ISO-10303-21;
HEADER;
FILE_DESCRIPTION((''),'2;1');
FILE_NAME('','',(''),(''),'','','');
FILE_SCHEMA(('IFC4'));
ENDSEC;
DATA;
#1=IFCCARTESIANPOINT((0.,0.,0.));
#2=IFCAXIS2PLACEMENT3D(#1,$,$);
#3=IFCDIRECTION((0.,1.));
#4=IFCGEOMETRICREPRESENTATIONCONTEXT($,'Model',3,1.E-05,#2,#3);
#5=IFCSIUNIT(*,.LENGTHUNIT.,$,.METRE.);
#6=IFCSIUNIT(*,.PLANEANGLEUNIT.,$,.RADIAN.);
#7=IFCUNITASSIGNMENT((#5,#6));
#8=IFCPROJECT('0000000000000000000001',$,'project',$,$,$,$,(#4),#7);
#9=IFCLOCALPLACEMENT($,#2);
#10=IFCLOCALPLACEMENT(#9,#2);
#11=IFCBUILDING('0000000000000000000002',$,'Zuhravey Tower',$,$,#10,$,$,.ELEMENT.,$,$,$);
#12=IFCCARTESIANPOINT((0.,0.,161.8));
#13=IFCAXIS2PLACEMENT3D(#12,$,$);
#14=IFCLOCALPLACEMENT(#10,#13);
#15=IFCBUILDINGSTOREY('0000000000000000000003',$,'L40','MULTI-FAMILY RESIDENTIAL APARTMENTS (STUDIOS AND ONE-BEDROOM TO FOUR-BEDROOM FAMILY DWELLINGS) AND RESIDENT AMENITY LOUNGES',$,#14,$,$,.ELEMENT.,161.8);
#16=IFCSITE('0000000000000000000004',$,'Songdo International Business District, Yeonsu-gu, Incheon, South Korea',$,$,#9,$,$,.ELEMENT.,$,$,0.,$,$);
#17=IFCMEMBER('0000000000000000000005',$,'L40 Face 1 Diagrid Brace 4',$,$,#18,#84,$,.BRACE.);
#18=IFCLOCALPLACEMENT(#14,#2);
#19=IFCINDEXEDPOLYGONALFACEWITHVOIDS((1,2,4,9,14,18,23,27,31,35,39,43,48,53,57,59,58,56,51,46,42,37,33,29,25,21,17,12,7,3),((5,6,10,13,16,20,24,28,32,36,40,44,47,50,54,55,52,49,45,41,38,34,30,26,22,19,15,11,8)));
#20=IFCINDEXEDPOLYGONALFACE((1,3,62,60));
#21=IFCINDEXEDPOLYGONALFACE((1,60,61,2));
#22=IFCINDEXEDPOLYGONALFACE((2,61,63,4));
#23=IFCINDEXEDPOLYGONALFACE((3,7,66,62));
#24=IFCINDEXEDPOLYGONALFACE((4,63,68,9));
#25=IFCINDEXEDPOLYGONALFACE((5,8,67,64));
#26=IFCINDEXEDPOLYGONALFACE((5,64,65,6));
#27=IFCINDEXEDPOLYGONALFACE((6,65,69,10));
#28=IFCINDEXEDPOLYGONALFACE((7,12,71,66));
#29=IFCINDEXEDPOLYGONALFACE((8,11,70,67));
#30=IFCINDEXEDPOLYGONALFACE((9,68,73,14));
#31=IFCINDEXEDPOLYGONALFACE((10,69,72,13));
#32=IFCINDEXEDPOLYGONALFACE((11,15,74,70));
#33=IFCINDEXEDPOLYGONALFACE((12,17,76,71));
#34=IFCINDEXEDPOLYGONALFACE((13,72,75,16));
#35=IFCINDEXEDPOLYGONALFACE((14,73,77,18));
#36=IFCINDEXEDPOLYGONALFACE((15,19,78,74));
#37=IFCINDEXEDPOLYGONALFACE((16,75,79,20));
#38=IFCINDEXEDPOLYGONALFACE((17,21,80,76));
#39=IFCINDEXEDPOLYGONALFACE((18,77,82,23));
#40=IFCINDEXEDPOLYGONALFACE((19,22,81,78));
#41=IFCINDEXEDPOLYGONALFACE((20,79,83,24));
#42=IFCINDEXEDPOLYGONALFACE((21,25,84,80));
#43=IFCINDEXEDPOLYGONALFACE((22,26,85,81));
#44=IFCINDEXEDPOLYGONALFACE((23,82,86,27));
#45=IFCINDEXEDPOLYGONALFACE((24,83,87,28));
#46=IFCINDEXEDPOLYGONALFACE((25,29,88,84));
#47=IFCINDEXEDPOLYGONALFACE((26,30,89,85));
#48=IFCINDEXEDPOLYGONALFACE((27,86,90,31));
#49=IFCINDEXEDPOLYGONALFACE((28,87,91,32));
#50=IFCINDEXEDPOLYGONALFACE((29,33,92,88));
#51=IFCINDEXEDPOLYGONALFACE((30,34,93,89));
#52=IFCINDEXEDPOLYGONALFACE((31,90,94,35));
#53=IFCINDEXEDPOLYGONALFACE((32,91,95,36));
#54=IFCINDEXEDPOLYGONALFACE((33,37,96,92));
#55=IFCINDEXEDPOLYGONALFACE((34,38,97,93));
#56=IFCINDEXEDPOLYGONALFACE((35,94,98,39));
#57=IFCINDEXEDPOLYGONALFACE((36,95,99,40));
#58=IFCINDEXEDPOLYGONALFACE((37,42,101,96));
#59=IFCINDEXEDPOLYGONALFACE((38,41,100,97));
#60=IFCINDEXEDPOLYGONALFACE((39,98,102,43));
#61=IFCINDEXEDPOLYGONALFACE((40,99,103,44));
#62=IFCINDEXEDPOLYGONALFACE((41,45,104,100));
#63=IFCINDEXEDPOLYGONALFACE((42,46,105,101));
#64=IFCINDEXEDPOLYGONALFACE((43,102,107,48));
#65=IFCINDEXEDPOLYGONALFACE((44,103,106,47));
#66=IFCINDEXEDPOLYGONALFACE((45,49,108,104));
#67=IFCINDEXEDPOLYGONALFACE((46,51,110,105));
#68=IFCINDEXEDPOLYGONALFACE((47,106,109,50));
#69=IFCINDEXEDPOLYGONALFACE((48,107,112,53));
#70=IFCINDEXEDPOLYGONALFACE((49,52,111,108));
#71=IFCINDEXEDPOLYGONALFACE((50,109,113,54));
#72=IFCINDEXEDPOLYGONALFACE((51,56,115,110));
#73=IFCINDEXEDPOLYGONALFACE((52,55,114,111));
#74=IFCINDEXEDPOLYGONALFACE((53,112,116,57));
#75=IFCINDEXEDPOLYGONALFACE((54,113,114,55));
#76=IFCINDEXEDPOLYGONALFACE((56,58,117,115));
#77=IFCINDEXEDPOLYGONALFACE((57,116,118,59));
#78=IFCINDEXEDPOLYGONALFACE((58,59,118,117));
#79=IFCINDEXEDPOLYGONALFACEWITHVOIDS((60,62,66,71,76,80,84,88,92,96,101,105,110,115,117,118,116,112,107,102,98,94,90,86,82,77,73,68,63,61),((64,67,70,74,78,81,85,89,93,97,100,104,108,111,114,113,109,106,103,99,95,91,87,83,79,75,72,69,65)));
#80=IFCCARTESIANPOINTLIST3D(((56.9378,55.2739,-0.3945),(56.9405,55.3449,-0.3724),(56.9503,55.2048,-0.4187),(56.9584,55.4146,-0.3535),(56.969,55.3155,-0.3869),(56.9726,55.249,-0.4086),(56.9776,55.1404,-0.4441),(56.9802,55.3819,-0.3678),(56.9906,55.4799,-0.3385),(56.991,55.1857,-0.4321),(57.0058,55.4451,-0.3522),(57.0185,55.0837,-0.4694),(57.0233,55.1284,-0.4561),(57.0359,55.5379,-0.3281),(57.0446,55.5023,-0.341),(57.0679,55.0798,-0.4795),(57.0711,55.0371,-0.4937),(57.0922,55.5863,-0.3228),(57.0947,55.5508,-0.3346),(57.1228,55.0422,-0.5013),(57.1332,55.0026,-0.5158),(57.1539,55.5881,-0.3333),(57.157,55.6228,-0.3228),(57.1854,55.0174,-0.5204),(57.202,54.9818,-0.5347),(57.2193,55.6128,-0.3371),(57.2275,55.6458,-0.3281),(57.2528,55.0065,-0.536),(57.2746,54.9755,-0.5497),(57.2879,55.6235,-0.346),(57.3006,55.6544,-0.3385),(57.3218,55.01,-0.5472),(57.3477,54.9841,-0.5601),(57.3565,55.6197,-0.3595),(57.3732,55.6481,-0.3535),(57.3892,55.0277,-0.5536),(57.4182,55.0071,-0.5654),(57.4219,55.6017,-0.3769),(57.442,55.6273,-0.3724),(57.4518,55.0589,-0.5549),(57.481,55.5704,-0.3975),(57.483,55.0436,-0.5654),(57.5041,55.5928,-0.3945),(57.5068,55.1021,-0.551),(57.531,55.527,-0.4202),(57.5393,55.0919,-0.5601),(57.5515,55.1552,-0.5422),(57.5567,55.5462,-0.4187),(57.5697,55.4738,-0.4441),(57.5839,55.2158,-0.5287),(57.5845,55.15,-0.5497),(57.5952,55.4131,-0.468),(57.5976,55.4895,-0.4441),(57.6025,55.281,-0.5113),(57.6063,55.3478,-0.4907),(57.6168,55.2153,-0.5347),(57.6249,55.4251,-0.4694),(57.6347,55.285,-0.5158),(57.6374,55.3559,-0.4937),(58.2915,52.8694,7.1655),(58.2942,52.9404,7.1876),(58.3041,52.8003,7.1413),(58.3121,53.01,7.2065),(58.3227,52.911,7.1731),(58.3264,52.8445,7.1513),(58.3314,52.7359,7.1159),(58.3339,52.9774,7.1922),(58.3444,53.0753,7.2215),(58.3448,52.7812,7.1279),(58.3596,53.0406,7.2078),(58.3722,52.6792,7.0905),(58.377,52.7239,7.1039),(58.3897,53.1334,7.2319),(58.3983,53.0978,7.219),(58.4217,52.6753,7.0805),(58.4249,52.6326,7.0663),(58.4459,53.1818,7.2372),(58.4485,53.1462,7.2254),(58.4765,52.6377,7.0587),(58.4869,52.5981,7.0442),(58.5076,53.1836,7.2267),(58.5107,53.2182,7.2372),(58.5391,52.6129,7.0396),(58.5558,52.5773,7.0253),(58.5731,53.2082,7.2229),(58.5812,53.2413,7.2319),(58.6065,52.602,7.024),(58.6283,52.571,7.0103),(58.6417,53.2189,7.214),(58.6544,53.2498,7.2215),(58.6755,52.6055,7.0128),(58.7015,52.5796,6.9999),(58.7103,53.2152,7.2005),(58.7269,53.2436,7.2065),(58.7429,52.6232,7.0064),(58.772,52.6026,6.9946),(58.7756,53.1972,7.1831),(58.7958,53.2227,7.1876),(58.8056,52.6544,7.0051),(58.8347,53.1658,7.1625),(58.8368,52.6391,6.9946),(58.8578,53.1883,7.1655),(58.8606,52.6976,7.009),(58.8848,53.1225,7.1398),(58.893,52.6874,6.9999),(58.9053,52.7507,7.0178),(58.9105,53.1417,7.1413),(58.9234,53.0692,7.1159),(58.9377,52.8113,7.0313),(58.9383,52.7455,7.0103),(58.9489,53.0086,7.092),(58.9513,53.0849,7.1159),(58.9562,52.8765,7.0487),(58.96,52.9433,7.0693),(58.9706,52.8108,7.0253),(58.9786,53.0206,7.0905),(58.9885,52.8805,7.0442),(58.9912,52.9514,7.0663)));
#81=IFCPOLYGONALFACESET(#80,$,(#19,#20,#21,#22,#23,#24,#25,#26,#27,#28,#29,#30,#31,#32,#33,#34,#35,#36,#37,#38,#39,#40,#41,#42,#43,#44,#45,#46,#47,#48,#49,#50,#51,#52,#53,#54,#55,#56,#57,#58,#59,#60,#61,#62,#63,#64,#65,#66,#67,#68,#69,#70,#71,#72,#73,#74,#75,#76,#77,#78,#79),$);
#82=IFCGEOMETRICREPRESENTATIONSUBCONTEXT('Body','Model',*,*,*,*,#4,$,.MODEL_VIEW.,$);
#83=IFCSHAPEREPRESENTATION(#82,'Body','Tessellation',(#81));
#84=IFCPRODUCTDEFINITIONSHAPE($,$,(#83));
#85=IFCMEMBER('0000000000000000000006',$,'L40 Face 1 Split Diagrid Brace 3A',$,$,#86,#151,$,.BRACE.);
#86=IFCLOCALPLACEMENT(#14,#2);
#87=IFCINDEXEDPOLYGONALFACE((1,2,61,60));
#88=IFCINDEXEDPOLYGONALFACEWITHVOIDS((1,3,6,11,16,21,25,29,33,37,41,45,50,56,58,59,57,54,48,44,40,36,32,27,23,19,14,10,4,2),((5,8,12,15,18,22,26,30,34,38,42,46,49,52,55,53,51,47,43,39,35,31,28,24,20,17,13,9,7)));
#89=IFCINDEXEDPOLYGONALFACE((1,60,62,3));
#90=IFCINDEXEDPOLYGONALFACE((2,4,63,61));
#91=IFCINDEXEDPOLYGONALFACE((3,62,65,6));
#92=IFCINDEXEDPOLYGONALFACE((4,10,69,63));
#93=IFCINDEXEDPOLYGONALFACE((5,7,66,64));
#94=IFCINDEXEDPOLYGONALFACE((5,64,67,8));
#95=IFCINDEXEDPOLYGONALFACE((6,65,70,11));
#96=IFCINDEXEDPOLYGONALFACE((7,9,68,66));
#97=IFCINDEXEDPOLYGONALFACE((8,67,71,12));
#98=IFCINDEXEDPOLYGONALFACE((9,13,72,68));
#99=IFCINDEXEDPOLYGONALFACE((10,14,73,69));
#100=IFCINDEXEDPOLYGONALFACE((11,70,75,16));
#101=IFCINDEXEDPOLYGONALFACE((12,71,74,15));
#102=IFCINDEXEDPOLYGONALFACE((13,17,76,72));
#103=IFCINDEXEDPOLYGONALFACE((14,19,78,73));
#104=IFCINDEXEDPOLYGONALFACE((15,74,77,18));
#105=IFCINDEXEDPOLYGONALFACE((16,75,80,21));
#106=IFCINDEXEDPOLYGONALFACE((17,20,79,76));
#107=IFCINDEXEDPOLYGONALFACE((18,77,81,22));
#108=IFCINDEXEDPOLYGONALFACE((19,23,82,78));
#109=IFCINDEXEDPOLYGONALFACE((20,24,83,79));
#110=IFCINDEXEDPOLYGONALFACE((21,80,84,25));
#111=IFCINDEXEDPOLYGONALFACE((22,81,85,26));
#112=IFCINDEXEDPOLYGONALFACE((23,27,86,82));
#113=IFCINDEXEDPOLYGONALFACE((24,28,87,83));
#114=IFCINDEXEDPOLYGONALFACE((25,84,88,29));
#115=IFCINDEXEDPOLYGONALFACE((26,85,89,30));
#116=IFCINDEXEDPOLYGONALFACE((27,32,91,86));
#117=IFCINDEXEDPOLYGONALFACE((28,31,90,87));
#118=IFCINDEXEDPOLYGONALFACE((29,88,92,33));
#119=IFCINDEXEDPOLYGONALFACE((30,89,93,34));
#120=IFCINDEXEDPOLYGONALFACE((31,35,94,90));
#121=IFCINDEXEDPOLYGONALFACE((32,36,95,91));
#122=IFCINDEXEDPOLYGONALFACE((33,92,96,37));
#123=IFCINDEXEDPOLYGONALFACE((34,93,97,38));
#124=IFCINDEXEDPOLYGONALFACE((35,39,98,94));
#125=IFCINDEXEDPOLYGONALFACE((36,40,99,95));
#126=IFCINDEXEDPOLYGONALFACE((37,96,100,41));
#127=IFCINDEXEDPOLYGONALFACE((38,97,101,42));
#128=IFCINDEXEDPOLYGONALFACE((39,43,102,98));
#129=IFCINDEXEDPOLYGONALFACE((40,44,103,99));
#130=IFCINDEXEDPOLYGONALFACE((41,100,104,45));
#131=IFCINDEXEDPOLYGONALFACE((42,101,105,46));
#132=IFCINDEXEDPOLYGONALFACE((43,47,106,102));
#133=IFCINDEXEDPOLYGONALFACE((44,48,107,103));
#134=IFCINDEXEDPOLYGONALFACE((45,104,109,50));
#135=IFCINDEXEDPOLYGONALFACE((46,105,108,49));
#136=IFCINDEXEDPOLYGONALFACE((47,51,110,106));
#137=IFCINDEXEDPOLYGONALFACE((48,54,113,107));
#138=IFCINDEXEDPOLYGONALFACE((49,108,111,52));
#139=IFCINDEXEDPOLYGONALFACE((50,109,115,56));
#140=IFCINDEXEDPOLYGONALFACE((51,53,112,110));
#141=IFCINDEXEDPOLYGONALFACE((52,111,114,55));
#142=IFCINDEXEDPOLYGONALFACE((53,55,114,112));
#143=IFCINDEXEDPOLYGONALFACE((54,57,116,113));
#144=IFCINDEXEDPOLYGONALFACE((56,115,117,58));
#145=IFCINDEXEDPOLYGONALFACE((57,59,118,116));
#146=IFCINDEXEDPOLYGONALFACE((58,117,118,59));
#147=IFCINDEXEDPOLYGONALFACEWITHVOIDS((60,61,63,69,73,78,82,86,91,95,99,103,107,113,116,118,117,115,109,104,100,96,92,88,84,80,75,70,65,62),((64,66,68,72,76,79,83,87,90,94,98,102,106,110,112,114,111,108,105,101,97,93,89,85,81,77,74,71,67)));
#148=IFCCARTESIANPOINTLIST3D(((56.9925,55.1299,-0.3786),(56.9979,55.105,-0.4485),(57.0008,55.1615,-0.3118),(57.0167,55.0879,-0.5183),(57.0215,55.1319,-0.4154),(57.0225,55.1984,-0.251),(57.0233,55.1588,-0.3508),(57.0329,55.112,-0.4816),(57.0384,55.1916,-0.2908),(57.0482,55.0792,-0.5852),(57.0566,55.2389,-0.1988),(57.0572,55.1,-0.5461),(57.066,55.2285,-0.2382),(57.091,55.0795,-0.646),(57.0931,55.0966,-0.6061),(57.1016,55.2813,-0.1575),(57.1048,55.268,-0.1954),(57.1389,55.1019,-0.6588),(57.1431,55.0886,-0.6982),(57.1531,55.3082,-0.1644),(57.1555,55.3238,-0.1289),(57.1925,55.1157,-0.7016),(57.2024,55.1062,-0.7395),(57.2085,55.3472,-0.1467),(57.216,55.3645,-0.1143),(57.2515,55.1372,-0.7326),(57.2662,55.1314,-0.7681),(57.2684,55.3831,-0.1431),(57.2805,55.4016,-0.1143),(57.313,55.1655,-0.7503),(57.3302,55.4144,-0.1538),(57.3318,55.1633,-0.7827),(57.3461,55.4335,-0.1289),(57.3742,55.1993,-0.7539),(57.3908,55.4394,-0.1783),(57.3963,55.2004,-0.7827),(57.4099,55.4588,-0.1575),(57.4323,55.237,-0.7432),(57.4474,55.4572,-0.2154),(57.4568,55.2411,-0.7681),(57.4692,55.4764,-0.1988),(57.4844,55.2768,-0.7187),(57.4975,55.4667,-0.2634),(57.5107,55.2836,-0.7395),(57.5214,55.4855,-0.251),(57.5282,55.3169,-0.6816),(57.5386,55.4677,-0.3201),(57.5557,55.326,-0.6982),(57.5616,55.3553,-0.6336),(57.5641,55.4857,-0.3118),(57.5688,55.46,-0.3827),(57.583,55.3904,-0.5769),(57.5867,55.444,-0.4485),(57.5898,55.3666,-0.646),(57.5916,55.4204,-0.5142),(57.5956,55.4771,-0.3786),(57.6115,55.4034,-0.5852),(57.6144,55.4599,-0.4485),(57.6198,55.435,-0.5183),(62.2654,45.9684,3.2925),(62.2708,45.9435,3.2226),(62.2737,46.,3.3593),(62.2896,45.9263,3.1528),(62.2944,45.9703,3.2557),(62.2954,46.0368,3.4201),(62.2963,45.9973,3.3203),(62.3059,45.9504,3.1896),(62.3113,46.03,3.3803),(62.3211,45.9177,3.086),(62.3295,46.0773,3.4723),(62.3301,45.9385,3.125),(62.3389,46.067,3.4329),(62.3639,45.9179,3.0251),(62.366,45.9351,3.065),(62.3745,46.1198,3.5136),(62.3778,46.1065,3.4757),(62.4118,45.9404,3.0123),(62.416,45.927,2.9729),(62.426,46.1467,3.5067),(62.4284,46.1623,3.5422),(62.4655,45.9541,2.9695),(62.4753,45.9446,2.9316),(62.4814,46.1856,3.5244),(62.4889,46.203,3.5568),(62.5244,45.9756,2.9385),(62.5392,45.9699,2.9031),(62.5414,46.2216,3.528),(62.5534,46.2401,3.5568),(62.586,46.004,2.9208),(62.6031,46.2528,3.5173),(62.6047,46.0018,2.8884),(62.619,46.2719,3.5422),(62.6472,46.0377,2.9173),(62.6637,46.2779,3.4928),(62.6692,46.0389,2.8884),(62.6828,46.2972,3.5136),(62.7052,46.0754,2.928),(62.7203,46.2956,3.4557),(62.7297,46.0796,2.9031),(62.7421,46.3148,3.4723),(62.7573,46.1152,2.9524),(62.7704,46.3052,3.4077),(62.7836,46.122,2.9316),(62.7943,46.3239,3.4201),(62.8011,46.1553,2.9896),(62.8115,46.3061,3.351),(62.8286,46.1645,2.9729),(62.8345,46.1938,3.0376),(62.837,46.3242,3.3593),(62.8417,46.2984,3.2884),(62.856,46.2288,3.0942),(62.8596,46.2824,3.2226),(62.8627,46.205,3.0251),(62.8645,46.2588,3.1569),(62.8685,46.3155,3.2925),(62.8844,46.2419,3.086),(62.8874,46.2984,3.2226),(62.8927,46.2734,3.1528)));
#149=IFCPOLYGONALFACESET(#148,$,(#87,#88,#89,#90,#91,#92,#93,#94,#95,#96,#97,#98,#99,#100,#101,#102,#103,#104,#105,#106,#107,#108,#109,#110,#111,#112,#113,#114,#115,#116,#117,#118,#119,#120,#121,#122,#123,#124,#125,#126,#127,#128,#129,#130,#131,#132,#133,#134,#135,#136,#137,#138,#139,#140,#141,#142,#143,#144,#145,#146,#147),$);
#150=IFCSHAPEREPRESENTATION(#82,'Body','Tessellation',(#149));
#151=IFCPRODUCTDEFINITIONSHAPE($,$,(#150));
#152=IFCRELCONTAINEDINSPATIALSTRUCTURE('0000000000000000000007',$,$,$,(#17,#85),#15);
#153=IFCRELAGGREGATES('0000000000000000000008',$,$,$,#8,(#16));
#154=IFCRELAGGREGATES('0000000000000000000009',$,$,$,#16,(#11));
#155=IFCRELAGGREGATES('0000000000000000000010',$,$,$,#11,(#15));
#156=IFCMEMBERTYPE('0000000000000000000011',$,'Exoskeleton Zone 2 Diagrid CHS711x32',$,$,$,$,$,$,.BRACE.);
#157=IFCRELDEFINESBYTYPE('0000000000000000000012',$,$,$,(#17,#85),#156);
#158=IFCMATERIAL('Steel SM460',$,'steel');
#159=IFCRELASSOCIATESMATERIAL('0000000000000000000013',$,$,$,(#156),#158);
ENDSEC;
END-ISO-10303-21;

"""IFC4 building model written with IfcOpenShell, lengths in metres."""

from ifc_helpers import new_model, si_unit, direction, frame, origin, origin_2d, place, context, subcontext, project, spatial, hollow_circle, extrude, material, material_profile, profile_set, type_object, element, save


model = new_model("IFC4")

# Units and contexts
model_context = context("Model", 3, precision=1e-05, world=origin(), true_north=direction((0.0, 1.0)))
body_context = subcontext(model_context, "Body", "Model", "MODEL_VIEW")
ifc_project = project(units=[si_unit("LENGTHUNIT", "METRE"), si_unit("PLANEANGLEUNIT", "RADIAN")], contexts=[model_context])

# Site, building, storey
site_placement = place(None, origin())
site = spatial("IfcSite", under=ifc_project, at=site_placement, Name="Songdo International Business District, Yeonsu-gu, Incheon, South Korea", CompositionType="ELEMENT", RefElevation=0.0)
building_placement = place(site_placement, origin())
building = spatial("IfcBuilding", under=site, at=building_placement, Name="Zuhravey Tower", CompositionType="ELEMENT")
storey_placement = place(building_placement, frame((0.0, 0.0, 161.8)))
storey = spatial("IfcBuildingStorey", under=building, at=storey_placement, Name="L40", Description="MULTI-FAMILY RESIDENTIAL APARTMENTS (STUDIOS AND ONE-BEDROOM TO FOUR-BEDROOM FAMILY DWELLINGS) AND RESIDENT AMENITY LOUNGES", CompositionType="ELEMENT", Elevation=161.8)

# Members
ifc_material_1 = material(Name="Steel SM460", Category="steel")
ifc_material_profile_1 = material_profile(ifc_material_1, hollow_circle(Radius=0.3557, WallThickness=0.032, at=origin_2d()), Name="CHS-711.2x32")
ifc_profile_set_1 = profile_set([ifc_material_profile_1], Name="Steel SM460")
member_type_1 = type_object("IfcMemberType", Name="Exoskeleton Zone 2 Diagrid CHS711x32", PredefinedType="BRACE", material=ifc_profile_set_1)
member_1_placement = place(storey_placement, frame((57.2876, 55.3149, -0.4441), z_axis=(0.168212, -0.298778, 0.939381), x_axis=(0.871389, 0.490593, 0.0)))
element("IfcMember", 1, at=member_1_placement, inside=storey, type_object=member_type_1, Name="L40 Face 1 Diagrid Brace 4", PredefinedType="BRACE", context=body_context, shape_type="SweptSolid", body=[
    extrude(hollow_circle(Radius=0.3557, WallThickness=0.032, at=origin_2d()), origin(), (0.0, 0.0, 1.0), 8.0479),
])
member_2_placement = place(storey_placement, frame((57.3062, 55.2825, -0.4485), z_axis=(0.471219, -0.818731, 0.328073), x_axis=(0.866701, 0.498828, 0.0)))
element("IfcMember", 2, at=member_2_placement, inside=storey, type_object=member_type_1, Name="L40 Face 1 Split Diagrid Brace 3A", PredefinedType="BRACE", context=body_context, shape_type="SweptSolid", body=[
    extrude(hollow_circle(Radius=0.3557, WallThickness=0.032, at=origin_2d()), origin(), (0.0, 0.0, 1.0), 11.1899),
])

save(model, "model.ifc")
